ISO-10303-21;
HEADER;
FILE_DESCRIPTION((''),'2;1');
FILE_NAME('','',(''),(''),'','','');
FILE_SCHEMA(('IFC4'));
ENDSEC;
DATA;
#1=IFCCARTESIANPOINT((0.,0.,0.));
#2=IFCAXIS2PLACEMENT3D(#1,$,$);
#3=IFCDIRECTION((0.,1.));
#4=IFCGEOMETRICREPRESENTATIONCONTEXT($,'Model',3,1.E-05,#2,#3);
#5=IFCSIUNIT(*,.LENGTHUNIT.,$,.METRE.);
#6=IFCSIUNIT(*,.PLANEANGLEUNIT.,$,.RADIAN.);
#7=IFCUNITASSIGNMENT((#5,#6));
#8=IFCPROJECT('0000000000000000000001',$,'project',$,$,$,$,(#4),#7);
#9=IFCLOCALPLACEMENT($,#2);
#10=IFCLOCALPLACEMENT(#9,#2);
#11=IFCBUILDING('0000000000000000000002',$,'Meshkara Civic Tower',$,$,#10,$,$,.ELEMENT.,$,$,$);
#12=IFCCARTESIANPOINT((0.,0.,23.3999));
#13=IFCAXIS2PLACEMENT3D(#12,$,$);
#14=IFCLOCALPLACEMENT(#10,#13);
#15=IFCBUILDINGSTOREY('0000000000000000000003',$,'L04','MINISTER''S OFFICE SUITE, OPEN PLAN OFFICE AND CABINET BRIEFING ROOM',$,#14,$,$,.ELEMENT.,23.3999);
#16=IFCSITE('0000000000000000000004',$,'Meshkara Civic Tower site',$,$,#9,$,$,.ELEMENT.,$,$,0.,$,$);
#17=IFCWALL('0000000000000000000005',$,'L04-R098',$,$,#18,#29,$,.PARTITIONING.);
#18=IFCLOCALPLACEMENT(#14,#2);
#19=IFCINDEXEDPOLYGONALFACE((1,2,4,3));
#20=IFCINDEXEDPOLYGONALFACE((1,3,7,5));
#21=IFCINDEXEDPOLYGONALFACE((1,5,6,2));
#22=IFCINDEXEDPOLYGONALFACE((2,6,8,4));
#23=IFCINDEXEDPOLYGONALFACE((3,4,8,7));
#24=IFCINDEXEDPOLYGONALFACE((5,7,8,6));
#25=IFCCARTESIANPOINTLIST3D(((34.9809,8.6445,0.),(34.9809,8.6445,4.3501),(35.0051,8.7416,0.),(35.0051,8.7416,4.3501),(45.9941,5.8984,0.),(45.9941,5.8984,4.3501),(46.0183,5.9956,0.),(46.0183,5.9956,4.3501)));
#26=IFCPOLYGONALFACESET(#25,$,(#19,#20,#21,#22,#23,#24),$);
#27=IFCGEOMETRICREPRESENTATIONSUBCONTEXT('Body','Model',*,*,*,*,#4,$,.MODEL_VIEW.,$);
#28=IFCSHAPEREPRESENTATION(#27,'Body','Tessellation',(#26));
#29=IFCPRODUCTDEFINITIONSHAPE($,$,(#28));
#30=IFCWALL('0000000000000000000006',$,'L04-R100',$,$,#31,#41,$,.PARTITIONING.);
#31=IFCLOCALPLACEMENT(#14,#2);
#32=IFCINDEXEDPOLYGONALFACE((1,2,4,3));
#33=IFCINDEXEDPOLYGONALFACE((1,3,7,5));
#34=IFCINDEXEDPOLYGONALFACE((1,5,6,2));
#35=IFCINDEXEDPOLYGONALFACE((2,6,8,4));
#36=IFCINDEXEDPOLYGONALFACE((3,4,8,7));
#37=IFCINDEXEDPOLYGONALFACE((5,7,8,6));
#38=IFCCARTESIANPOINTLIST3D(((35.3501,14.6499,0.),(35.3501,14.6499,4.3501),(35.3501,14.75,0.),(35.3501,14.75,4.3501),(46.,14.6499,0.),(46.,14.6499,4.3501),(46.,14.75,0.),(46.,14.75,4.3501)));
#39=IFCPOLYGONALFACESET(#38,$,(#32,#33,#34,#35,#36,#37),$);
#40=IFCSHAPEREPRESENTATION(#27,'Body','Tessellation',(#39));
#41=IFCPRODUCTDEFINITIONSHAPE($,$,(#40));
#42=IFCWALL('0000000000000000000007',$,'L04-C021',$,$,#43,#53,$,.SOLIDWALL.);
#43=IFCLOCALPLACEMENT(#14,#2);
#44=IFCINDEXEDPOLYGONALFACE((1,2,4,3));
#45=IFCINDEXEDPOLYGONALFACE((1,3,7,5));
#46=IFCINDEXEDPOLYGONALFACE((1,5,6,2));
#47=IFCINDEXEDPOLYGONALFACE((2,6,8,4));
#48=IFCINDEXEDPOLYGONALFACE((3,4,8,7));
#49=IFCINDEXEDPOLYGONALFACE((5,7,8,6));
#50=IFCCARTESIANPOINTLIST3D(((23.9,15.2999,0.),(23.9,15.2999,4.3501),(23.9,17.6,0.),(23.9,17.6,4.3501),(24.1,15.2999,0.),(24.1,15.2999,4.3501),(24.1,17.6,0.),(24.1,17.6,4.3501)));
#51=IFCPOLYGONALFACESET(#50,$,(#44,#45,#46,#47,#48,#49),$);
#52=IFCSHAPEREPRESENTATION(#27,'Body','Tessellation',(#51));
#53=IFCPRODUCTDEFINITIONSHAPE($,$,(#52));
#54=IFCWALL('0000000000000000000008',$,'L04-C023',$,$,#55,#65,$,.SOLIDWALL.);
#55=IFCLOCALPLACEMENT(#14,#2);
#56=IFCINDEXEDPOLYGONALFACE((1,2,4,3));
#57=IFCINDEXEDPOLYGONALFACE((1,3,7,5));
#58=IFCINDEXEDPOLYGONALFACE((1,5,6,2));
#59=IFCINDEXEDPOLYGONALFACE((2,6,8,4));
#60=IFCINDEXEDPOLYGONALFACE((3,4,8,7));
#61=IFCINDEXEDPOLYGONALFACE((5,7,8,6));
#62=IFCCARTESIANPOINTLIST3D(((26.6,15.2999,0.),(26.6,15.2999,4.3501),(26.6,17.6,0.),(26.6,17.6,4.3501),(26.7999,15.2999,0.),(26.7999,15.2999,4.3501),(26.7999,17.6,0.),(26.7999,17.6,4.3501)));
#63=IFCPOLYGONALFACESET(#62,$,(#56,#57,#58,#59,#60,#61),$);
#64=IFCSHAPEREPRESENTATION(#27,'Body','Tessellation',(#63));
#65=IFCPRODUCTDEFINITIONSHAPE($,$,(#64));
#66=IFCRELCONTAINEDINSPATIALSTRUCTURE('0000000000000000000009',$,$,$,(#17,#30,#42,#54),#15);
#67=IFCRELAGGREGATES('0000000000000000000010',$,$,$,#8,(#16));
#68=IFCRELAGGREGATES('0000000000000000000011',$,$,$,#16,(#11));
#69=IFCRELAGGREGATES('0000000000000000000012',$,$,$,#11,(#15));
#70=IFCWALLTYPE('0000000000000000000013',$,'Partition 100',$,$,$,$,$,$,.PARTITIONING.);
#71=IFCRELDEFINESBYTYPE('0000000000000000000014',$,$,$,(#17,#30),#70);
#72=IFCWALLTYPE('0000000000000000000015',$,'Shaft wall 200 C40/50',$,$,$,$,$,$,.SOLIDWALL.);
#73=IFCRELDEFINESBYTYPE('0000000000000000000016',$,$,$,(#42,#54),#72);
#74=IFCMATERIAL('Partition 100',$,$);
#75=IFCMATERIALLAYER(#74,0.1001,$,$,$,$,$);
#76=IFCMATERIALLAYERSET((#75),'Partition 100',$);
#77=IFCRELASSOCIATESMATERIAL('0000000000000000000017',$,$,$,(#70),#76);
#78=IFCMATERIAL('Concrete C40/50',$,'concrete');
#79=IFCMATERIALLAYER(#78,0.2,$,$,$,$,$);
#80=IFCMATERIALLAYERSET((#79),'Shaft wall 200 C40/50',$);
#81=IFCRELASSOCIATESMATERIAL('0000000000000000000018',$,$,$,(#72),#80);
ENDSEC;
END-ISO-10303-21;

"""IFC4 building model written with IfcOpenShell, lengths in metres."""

from ifc_helpers import new_model, si_unit, direction, frame, frame_2d, origin, place, context, subcontext, project, spatial, rectangle, extrude, material, layer, layer_set, type_object, element, save


model = new_model("IFC4")

# Units and contexts
model_context = context("Model", 3, precision=1e-05, world=origin(), true_north=direction((0.0, 1.0)))
body_context = subcontext(model_context, "Body", "Model", "MODEL_VIEW")
ifc_project = project(units=[si_unit("LENGTHUNIT", "METRE"), si_unit("PLANEANGLEUNIT", "RADIAN")], contexts=[model_context])

# Site, building, storey
site_placement = place(None, origin())
site = spatial("IfcSite", under=ifc_project, at=site_placement, Name="Meshkara Civic Tower site", CompositionType="ELEMENT", RefElevation=0.0)
building_placement = place(site_placement, origin())
building = spatial("IfcBuilding", under=site, at=building_placement, Name="Meshkara Civic Tower", CompositionType="ELEMENT")
storey_placement = place(building_placement, frame((0.0, 0.0, 23.3999)))
storey = spatial("IfcBuildingStorey", under=building, at=storey_placement, Name="L04", Description="MINISTER'S OFFICE SUITE, OPEN PLAN OFFICE AND CABINET BRIEFING ROOM", CompositionType="ELEMENT", Elevation=23.3999)

# Walls
ifc_material_1 = material(Name="Partition 100")
ifc_layer_1 = layer(ifc_material_1, 0.1001)
ifc_layer_set_1 = layer_set([ifc_layer_1], Name="Partition 100")
wall_type_1 = type_object("IfcWallType", Name="Partition 100", PredefinedType="PARTITIONING", material=ifc_layer_set_1)
wall_1_placement = place(storey_placement, frame((34.9929, 8.6931, 0.0), z_axis=(0.0, 0.0, 1.0), x_axis=(0.970292, -0.241938, 0.0)))
element("IfcWall", 1, at=wall_1_placement, inside=storey, type_object=wall_type_1, Name="L04-R098", PredefinedType="PARTITIONING", context=body_context, shape_type="SweptSolid", body=[
    extrude(rectangle(XDim=11.3503, YDim=0.1001, at=frame_2d((5.6753, 0.0))), origin(), (0.0, 0.0, 1.0), 4.3501),
])
wall_2_placement = place(storey_placement, frame((35.3501, 14.7, 0.0), z_axis=(0.0, 0.0, 1.0), x_axis=(1.0, 0.0, 0.0)))
element("IfcWall", 2, at=wall_2_placement, inside=storey, type_object=wall_type_1, Name="L04-R100", PredefinedType="PARTITIONING", context=body_context, shape_type="SweptSolid", body=[
    extrude(rectangle(XDim=10.6499, YDim=0.1001, at=frame_2d((5.325, 0.0))), origin(), (0.0, 0.0, 1.0), 4.3501),
])
ifc_material_2 = material(Name="Concrete C40/50", Category="concrete")
ifc_layer_2 = layer(ifc_material_2, 0.2)
ifc_layer_set_2 = layer_set([ifc_layer_2], Name="Shaft wall 200 C40/50")
wall_type_2 = type_object("IfcWallType", Name="Shaft wall 200 C40/50", PredefinedType="SOLIDWALL", material=ifc_layer_set_2)
for number, where, z_axis, x_axis, name in (
    (3, (24.0, 15.3, 0.0), (0.0, 0.0, 1.0), (0.0, 1.0, 0.0), "L04-C021"),
    (4, (26.7, 15.3, 0.0), (0.0, 0.0, 1.0), (0.0, 1.0, 0.0), "L04-C023"),
):
    element("IfcWall", number, at=place(storey_placement, frame(where, z_axis=z_axis, x_axis=x_axis)), inside=storey, type_object=wall_type_2, Name=name, PredefinedType="SOLIDWALL", context=body_context, shape_type="SweptSolid", body=[
        extrude(rectangle(XDim=2.3, YDim=0.2, at=frame_2d((1.1499, 0.0))), origin(), (0.0, 0.0, 1.0), 4.3501),
    ])

save(model, "model.ifc")
